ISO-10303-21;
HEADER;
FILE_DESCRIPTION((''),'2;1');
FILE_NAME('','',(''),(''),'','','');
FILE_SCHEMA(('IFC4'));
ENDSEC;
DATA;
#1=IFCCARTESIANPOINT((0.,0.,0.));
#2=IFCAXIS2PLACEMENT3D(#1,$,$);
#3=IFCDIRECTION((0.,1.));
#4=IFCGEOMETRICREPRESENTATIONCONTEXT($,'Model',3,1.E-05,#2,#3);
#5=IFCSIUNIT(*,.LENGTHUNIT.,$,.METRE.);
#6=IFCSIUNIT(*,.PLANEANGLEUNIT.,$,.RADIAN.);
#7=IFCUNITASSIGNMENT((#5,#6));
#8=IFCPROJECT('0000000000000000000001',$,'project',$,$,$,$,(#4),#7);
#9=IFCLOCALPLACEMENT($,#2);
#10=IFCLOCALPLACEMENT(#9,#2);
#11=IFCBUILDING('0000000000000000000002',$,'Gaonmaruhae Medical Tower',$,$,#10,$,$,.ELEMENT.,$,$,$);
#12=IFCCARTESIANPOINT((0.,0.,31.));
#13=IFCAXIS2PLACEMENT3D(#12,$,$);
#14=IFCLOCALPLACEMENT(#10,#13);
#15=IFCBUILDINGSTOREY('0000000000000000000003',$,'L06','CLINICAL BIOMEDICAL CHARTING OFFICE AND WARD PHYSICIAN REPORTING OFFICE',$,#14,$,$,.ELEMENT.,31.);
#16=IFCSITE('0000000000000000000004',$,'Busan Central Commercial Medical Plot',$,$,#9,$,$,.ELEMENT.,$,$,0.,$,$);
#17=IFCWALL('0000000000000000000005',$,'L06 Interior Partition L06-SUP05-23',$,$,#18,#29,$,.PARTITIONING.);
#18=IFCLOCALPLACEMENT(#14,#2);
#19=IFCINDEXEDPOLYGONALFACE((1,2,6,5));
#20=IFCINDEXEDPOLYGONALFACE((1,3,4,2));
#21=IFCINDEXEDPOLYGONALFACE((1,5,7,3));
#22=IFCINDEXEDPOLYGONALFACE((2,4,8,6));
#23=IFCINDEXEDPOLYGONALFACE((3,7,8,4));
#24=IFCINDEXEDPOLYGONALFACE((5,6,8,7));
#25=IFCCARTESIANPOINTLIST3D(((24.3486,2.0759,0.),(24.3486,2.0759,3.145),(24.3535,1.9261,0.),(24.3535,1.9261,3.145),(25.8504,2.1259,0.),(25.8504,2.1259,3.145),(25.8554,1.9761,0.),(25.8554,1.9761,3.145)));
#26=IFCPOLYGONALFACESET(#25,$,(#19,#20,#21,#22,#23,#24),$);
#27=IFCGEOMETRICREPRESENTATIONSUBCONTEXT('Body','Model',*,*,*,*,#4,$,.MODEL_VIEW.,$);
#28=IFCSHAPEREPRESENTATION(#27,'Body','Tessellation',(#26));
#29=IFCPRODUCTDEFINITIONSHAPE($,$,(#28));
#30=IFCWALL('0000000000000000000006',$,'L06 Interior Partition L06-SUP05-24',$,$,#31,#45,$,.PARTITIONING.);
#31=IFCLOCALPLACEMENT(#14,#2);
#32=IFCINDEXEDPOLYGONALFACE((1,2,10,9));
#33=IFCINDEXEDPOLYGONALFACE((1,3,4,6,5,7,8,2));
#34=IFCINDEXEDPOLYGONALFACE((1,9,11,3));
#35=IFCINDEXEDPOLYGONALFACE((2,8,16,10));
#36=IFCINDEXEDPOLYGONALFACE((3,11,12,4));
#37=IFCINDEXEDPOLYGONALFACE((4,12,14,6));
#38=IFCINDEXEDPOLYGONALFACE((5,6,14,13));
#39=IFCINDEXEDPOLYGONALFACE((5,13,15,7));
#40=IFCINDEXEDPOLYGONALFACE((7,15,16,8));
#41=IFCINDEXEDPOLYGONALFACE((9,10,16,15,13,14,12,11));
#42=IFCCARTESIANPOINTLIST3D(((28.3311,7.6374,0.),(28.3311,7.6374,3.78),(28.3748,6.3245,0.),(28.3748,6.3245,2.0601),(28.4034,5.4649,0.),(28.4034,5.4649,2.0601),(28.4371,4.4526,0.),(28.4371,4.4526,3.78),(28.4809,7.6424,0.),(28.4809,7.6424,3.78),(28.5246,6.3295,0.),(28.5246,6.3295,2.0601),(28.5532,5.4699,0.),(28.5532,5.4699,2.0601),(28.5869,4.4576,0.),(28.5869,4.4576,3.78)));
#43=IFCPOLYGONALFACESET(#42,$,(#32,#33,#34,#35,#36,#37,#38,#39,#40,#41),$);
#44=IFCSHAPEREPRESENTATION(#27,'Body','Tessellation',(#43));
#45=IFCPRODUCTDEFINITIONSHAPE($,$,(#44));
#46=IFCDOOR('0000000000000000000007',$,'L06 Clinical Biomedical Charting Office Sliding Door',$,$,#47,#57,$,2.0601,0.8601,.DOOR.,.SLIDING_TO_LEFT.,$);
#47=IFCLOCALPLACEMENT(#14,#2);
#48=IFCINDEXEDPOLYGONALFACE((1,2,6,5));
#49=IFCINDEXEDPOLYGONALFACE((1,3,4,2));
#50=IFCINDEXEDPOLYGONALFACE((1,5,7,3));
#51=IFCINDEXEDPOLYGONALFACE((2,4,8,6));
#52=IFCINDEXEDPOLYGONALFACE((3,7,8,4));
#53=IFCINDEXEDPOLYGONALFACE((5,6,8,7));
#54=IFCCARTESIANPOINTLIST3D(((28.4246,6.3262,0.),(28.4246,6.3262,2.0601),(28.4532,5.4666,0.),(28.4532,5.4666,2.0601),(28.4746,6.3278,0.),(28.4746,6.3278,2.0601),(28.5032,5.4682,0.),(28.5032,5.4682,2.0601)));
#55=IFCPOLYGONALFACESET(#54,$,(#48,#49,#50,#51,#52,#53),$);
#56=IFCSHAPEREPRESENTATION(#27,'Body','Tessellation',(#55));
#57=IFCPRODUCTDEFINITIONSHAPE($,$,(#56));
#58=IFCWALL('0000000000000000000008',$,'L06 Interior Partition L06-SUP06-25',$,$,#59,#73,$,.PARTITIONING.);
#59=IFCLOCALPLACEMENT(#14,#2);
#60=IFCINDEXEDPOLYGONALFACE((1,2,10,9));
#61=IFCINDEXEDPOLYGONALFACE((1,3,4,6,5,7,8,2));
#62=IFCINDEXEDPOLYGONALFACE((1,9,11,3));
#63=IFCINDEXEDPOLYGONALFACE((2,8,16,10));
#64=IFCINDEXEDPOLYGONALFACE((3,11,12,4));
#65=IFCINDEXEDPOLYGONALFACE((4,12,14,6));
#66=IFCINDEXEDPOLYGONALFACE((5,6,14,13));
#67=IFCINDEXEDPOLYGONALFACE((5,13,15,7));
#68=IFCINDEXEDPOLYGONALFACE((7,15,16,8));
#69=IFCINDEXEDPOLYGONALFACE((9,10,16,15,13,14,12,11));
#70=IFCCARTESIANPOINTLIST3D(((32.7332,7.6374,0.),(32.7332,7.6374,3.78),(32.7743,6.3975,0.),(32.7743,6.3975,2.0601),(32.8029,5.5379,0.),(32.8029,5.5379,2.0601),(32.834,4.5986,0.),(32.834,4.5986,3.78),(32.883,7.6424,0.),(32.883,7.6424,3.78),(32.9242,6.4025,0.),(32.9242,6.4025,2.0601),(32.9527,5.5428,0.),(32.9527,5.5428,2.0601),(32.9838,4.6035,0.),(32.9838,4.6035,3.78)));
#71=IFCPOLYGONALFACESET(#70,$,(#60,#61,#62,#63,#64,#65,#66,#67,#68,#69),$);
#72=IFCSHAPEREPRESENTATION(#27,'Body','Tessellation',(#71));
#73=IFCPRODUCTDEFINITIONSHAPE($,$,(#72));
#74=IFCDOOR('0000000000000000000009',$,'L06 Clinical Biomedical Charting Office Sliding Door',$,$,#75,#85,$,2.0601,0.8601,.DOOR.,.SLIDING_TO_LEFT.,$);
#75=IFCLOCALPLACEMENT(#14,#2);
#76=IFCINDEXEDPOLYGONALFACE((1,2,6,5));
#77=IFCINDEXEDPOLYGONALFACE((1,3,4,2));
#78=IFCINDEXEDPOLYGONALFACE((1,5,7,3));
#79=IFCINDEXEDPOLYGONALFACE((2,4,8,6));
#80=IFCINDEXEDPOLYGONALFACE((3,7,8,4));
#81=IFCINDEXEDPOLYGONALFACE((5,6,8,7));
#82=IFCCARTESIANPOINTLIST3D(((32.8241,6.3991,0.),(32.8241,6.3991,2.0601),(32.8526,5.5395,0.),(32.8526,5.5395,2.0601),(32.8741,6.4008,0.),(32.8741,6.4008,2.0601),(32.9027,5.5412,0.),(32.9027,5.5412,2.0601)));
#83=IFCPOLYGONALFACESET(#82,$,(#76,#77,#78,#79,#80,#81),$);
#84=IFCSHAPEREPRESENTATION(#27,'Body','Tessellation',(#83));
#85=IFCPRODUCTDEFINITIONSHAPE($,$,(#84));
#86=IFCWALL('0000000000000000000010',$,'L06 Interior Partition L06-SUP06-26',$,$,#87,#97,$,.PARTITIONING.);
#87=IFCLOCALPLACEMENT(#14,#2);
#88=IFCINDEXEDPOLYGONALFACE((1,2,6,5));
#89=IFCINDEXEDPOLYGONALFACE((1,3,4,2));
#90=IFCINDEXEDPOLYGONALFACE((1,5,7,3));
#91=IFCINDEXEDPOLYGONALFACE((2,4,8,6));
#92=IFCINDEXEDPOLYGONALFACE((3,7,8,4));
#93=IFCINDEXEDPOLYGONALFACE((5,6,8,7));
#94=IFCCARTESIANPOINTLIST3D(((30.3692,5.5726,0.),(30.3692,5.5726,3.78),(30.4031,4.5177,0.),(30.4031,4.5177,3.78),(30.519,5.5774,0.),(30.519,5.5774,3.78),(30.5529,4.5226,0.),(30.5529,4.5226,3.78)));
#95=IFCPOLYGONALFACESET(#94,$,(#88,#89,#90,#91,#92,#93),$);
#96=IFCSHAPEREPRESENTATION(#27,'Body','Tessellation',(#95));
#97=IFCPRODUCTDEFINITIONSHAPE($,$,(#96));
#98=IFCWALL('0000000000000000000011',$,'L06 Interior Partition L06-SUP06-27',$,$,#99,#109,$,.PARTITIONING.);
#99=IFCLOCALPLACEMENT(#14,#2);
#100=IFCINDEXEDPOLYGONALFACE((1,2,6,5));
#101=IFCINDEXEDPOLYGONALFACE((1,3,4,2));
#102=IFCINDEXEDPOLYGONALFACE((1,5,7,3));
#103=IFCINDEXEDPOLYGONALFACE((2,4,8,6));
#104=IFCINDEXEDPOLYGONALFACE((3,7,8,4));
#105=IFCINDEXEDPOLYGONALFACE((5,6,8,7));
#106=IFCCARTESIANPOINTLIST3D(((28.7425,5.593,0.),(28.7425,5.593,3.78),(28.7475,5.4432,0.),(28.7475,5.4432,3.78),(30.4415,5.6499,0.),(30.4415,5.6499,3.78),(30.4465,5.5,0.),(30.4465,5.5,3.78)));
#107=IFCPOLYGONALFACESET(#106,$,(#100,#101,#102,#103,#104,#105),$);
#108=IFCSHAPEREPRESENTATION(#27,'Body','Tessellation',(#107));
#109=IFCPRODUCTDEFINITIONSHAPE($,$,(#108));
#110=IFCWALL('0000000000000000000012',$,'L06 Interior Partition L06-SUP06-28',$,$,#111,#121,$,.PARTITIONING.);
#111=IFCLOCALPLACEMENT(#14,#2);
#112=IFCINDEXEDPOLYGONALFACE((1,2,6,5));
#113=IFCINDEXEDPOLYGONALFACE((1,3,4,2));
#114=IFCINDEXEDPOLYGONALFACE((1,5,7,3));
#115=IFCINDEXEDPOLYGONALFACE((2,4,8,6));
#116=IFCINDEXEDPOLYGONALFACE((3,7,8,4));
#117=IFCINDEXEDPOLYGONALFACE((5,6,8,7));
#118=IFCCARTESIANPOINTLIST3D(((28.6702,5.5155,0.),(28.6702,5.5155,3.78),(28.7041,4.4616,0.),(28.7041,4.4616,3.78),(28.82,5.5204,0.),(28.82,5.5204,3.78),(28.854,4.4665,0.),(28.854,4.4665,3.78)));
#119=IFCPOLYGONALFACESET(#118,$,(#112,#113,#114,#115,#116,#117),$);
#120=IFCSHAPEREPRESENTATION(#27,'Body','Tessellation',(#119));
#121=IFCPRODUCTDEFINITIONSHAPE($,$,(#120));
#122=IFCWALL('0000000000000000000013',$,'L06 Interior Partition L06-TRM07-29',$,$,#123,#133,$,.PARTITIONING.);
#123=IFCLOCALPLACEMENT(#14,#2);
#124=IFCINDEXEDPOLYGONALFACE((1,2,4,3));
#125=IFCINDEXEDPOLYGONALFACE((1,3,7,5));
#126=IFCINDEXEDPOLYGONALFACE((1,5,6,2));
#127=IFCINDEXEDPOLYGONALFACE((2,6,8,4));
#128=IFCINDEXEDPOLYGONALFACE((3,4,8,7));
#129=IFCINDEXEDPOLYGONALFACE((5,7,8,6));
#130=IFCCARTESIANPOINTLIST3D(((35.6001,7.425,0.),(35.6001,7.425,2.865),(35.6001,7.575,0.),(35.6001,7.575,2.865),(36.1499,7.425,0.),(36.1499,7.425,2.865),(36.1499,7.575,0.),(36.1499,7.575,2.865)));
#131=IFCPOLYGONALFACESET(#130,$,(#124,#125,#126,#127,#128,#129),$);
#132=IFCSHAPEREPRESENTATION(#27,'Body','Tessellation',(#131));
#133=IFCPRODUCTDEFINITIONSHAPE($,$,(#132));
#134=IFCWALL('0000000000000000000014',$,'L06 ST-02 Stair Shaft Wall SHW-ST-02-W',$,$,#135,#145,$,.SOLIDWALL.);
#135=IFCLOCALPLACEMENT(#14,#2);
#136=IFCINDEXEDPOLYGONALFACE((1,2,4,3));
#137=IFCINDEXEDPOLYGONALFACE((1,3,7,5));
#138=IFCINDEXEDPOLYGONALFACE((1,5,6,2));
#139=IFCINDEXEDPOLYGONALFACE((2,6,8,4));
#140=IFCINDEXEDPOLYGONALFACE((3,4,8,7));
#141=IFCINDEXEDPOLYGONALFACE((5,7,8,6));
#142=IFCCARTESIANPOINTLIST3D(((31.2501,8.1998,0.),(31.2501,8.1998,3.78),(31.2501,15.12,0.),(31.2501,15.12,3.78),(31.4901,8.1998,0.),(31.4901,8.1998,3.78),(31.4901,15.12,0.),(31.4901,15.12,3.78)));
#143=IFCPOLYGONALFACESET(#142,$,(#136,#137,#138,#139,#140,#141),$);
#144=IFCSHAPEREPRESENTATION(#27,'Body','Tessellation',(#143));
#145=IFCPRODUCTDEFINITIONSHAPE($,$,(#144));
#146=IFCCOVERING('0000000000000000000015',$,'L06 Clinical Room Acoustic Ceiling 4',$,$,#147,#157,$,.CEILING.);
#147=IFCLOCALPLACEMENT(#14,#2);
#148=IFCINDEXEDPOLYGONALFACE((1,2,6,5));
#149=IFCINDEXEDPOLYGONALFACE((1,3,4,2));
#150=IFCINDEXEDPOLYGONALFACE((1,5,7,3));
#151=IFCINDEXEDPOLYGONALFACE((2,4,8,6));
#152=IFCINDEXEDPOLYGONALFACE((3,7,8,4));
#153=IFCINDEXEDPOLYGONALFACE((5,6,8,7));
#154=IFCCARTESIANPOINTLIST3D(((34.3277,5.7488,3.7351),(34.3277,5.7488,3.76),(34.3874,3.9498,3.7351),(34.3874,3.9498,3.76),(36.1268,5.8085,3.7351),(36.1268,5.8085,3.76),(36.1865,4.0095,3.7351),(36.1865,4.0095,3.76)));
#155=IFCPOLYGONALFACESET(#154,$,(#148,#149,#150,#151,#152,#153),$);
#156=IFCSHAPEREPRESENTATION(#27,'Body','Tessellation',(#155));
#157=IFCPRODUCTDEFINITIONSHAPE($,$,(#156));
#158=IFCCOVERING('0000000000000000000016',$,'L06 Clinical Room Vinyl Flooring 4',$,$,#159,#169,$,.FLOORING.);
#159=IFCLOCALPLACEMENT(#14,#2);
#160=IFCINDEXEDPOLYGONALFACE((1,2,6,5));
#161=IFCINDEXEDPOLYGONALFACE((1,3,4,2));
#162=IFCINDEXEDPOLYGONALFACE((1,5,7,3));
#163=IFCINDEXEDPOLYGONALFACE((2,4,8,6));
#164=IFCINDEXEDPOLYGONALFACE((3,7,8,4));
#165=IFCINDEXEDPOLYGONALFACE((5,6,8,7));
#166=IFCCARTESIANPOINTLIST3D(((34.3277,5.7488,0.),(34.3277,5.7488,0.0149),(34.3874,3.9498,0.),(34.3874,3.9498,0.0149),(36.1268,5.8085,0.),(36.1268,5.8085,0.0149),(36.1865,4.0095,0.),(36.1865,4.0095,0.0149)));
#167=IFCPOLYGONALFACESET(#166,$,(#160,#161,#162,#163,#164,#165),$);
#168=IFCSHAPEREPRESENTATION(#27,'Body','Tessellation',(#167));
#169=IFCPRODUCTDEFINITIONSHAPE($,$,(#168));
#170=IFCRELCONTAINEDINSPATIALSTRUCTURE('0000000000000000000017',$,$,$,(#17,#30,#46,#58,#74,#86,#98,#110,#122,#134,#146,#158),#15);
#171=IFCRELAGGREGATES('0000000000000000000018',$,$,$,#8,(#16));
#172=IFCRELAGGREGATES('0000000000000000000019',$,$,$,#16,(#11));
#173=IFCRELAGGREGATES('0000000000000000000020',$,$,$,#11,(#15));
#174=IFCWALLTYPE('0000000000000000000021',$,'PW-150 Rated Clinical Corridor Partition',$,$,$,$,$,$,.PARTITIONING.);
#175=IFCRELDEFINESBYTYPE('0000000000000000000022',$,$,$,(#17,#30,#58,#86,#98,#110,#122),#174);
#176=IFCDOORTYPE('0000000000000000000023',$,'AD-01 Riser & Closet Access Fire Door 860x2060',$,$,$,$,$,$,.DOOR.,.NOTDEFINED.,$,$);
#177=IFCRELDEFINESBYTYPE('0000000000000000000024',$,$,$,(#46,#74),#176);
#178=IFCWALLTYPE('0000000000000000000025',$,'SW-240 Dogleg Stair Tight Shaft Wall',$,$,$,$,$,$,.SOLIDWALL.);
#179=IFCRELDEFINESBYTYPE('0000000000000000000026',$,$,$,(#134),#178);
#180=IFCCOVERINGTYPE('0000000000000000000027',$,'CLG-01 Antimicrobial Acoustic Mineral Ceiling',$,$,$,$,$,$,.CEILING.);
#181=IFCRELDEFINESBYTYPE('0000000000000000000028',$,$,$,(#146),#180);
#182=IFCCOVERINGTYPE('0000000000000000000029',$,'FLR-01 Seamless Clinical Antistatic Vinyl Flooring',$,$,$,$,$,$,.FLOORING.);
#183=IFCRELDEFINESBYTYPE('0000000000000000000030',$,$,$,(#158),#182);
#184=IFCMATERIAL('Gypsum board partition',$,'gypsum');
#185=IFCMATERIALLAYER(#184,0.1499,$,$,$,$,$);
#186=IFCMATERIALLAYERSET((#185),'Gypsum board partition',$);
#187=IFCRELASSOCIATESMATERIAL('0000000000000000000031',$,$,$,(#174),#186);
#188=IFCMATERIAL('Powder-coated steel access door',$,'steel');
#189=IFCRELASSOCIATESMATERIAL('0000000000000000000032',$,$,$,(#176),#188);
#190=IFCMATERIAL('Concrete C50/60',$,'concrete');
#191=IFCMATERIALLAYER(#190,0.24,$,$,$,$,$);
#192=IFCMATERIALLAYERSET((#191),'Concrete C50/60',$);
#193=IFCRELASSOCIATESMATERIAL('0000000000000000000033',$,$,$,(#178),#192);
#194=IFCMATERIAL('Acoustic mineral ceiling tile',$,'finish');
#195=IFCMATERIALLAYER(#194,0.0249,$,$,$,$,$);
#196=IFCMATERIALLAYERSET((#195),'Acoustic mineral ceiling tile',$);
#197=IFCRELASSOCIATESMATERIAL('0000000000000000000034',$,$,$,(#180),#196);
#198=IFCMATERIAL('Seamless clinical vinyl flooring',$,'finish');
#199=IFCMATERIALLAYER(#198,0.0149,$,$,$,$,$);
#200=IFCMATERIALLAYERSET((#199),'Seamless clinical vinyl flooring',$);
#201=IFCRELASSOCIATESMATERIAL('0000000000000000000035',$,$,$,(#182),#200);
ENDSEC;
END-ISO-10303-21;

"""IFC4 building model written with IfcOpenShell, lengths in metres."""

from ifc_helpers import new_model, si_unit, direction, frame, frame_2d, origin, origin_2d, place, context, subcontext, project, spatial, rectangle, extrude, material, layer, layer_set, type_object, element, fill, save


model = new_model("IFC4")

# Units and contexts
model_context = context("Model", 3, precision=1e-05, world=origin(), true_north=direction((0.0, 1.0)))
body_context = subcontext(model_context, "Body", "Model", "MODEL_VIEW")
ifc_project = project(units=[si_unit("LENGTHUNIT", "METRE"), si_unit("PLANEANGLEUNIT", "RADIAN")], contexts=[model_context])

# Site, building, storey
site_placement = place(None, origin())
site = spatial("IfcSite", under=ifc_project, at=site_placement, Name="Busan Central Commercial Medical Plot", CompositionType="ELEMENT", RefElevation=0.0)
building_placement = place(site_placement, origin())
building = spatial("IfcBuilding", under=site, at=building_placement, Name="Gaonmaruhae Medical Tower", CompositionType="ELEMENT")
storey_placement = place(building_placement, frame((0.0, 0.0, 31.0)))
storey = spatial("IfcBuildingStorey", under=building, at=storey_placement, Name="L06", Description="CLINICAL BIOMEDICAL CHARTING OFFICE AND WARD PHYSICIAN REPORTING OFFICE", CompositionType="ELEMENT", Elevation=31.0)

# Wall
ifc_material_1 = material(Name="Gypsum board partition", Category="gypsum")
ifc_layer_1 = layer(ifc_material_1, 0.1499)
ifc_layer_set_1 = layer_set([ifc_layer_1], Name="Gypsum board partition")
wall_type_1 = type_object("IfcWallType", Name="PW-150 Rated Clinical Corridor Partition", PredefinedType="PARTITIONING", material=ifc_layer_set_1)
wall_1_placement = place(storey_placement, frame((25.853, 2.051, 0.0), z_axis=(0.0, 0.0, 1.0), x_axis=(-0.999445, -0.033304, 0.0)))
element("IfcWall", 1, at=wall_1_placement, inside=storey, type_object=wall_type_1, Name="L06 Interior Partition L06-SUP05-23", PredefinedType="PARTITIONING", context=body_context, shape_type="SweptSolid", body=[
    extrude(rectangle(XDim=1.5027, YDim=0.1499, at=frame_2d((0.7515, 0.0))), origin(), (0.0, 0.0, 1.0), 3.145),
])

# Walls, openings, doors
wall_2_placement = place(storey_placement, frame((28.406, 7.6399, 0.0), z_axis=(0.0, 0.0, 1.0), x_axis=(0.033251, -0.999447, 0.0)))
wall_2 = element("IfcWall", 2, at=wall_2_placement, inside=storey, type_object=wall_type_1, Name="L06 Interior Partition L06-SUP05-24", PredefinedType="PARTITIONING", context=body_context, shape_type="SweptSolid", body=[
    extrude(rectangle(XDim=3.1865, YDim=0.1499, at=frame_2d((1.5933, 0.0))), origin(), (0.0, 0.0, 1.0), 3.78),
])
opening_1_placement = place(wall_2_placement, frame((1.3135, 0.0, 0.0)))
opening_1 = element("IfcOpeningElement", 3, at=opening_1_placement, cuts=wall_2, PredefinedType="OPENING", context=body_context, shape_type="SweptSolid", body=[
    extrude(rectangle(XDim=0.8601, YDim=2.0601, at=frame_2d((0.4302, 1.03))), frame((0.0, 0.085, 0.0), z_axis=(0.0, -1.0, 0.0), x_axis=(1.0, 0.0, 0.0)), (0.0, 0.0, 1.0), 0.1699),
])
ifc_material_2 = material(Name="Powder-coated steel access door", Category="steel")
door_type_1 = type_object("IfcDoorType", Name="AD-01 Riser & Closet Access Fire Door 860x2060", OperationType="NOTDEFINED", PredefinedType="DOOR", material=ifc_material_2)
door_1_placement = place(opening_1_placement, origin())
door_1 = element("IfcDoor", 4, at=door_1_placement, inside=storey, type_object=door_type_1, Name="L06 Clinical Biomedical Charting Office Sliding Door", OperationType="SLIDING_TO_LEFT", OverallHeight=2.0601, OverallWidth=0.8601, PredefinedType="DOOR", context=body_context, shape_type="SweptSolid", body=[
    extrude(rectangle(XDim=0.8601, YDim=2.0601, at=frame_2d((0.4302, 1.03))), frame((0.0, 0.0249, 0.0), z_axis=(0.0, -1.0, 0.0), x_axis=(1.0, 0.0, 0.0)), (0.0, 0.0, 1.0), 0.05),
])
fill(opening_1, door_1)
wall_3_placement = place(storey_placement, frame((32.8081, 7.6399, 0.0), z_axis=(0.0, 0.0, 1.0), x_axis=(0.033162, -0.99945, 0.0)))
wall_3 = element("IfcWall", 5, at=wall_3_placement, inside=storey, type_object=wall_type_1, Name="L06 Interior Partition L06-SUP06-25", PredefinedType="PARTITIONING", context=body_context, shape_type="SweptSolid", body=[
    extrude(rectangle(XDim=3.0405, YDim=0.1499, at=frame_2d((1.5203, 0.0))), origin(), (0.0, 0.0, 1.0), 3.78),
])
opening_2_placement = place(wall_3_placement, frame((1.2405, 0.0, 0.0)))
opening_2 = element("IfcOpeningElement", 6, at=opening_2_placement, cuts=wall_3, PredefinedType="OPENING", context=body_context, shape_type="SweptSolid", body=[
    extrude(rectangle(XDim=0.8601, YDim=2.0601, at=frame_2d((0.4302, 1.03))), frame((0.0, 0.085, 0.0), z_axis=(0.0, -1.0, 0.0), x_axis=(1.0, 0.0, 0.0)), (0.0, 0.0, 1.0), 0.1699),
])
door_2_placement = place(opening_2_placement, origin())
door_2 = element("IfcDoor", 7, at=door_2_placement, inside=storey, type_object=door_type_1, Name="L06 Clinical Biomedical Charting Office Sliding Door", OperationType="SLIDING_TO_LEFT", OverallHeight=2.0601, OverallWidth=0.8601, PredefinedType="DOOR", context=body_context, shape_type="SweptSolid", body=[
    extrude(rectangle(XDim=0.8601, YDim=2.0601, at=frame_2d((0.4302, 1.03))), frame((0.0, 0.0249, 0.0), z_axis=(0.0, -1.0, 0.0), x_axis=(1.0, 0.0, 0.0)), (0.0, 0.0, 1.0), 0.05),
])
fill(opening_2, door_2)

# Walls
wall_4_placement = place(storey_placement, frame((30.478, 4.52, 0.0), z_axis=(0.0, 0.0, 1.0), x_axis=(-0.032152, 0.999483, 0.0)))
element("IfcWall", 8, at=wall_4_placement, inside=storey, type_object=wall_type_1, Name="L06 Interior Partition L06-SUP06-26", PredefinedType="PARTITIONING", context=body_context, shape_type="SweptSolid", body=[
    extrude(rectangle(XDim=1.0554, YDim=0.1499, at=frame_2d((0.5278, 0.0))), origin(), (0.0, 0.0, 1.0), 3.78),
])
wall_5_placement = place(storey_placement, frame((30.4441, 5.575, 0.0), z_axis=(0.0, 0.0, 1.0), x_axis=(-0.99944, -0.033463, 0.0)))
element("IfcWall", 9, at=wall_5_placement, inside=storey, type_object=wall_type_1, Name="L06 Interior Partition L06-SUP06-27", PredefinedType="PARTITIONING", context=body_context, shape_type="SweptSolid", body=[
    extrude(rectangle(XDim=1.7, YDim=0.1499, at=frame_2d((0.8501, 0.0))), origin(), (0.0, 0.0, 1.0), 3.78),
])
wall_6_placement = place(storey_placement, frame((28.7451, 5.5181, 0.0), z_axis=(0.0, 0.0, 1.0), x_axis=(0.032182, -0.999482, 0.0)))
element("IfcWall", 10, at=wall_6_placement, inside=storey, type_object=wall_type_1, Name="L06 Interior Partition L06-SUP06-28", PredefinedType="PARTITIONING", context=body_context, shape_type="SweptSolid", body=[
    extrude(rectangle(XDim=1.0544, YDim=0.1499, at=frame_2d((0.5273, 0.0))), origin(), (0.0, 0.0, 1.0), 3.78),
])
wall_7_placement = place(storey_placement, frame((35.6001, 7.5, 0.0), z_axis=(0.0, 0.0, 1.0), x_axis=(1.0, 0.0, 0.0)))
element("IfcWall", 11, at=wall_7_placement, inside=storey, type_object=wall_type_1, Name="L06 Interior Partition L06-TRM07-29", PredefinedType="PARTITIONING", context=body_context, shape_type="SweptSolid", body=[
    extrude(rectangle(XDim=0.5498, YDim=0.1499, at=frame_2d((0.2749, 0.0))), origin(), (0.0, 0.0, 1.0), 2.865),
])
ifc_material_3 = material(Name="Concrete C50/60", Category="concrete")
ifc_layer_2 = layer(ifc_material_3, 0.24)
ifc_layer_set_2 = layer_set([ifc_layer_2], Name="Concrete C50/60")
wall_type_2 = type_object("IfcWallType", Name="SW-240 Dogleg Stair Tight Shaft Wall", PredefinedType="SOLIDWALL", material=ifc_layer_set_2)
wall_8_placement = place(storey_placement, frame((31.3701, 8.2, 0.0), z_axis=(0.0, 0.0, 1.0), x_axis=(0.0, 1.0, 0.0)))
element("IfcWall", 12, at=wall_8_placement, inside=storey, type_object=wall_type_2, Name="L06 ST-02 Stair Shaft Wall SHW-ST-02-W", PredefinedType="SOLIDWALL", context=body_context, shape_type="SweptSolid", body=[
    extrude(rectangle(XDim=6.9202, YDim=0.24, at=frame_2d((3.46, 0.0))), origin(), (0.0, 0.0, 1.0), 3.78),
])

# Coverings
ifc_material_4 = material(Name="Acoustic mineral ceiling tile", Category="finish")
ifc_layer_3 = layer(ifc_material_4, 0.0249)
ifc_layer_set_3 = layer_set([ifc_layer_3], Name="Acoustic mineral ceiling tile")
covering_type_1 = type_object("IfcCoveringType", Name="CLG-01 Antimicrobial Acoustic Mineral Ceiling", PredefinedType="CEILING", material=ifc_layer_set_3)
covering_1_placement = place(storey_placement, frame((35.2571, 4.8792, 3.7351), z_axis=(0.0, 0.0, 1.0), x_axis=(0.99945, 0.033155, 0.0)))
element("IfcCovering", 13, at=covering_1_placement, inside=storey, type_object=covering_type_1, Name="L06 Clinical Room Acoustic Ceiling 4", PredefinedType="CEILING", context=body_context, shape_type="SweptSolid", body=[
    extrude(rectangle(XDim=1.8, YDim=1.8, at=origin_2d()), origin(), (0.0, 0.0, 1.0), 0.0249),
])
ifc_material_5 = material(Name="Seamless clinical vinyl flooring", Category="finish")
ifc_layer_4 = layer(ifc_material_5, 0.0149)
ifc_layer_set_4 = layer_set([ifc_layer_4], Name="Seamless clinical vinyl flooring")
covering_type_2 = type_object("IfcCoveringType", Name="FLR-01 Seamless Clinical Antistatic Vinyl Flooring", PredefinedType="FLOORING", material=ifc_layer_set_4)
covering_2_placement = place(storey_placement, frame((35.2571, 4.8792, 0.0), z_axis=(0.0, 0.0, 1.0), x_axis=(0.99945, 0.033155, 0.0)))
element("IfcCovering", 14, at=covering_2_placement, inside=storey, type_object=covering_type_2, Name="L06 Clinical Room Vinyl Flooring 4", PredefinedType="FLOORING", context=body_context, shape_type="SweptSolid", body=[
    extrude(rectangle(XDim=1.8, YDim=1.8, at=origin_2d()), origin(), (0.0, 0.0, 1.0), 0.0149),
])

save(model, "model.ifc")
